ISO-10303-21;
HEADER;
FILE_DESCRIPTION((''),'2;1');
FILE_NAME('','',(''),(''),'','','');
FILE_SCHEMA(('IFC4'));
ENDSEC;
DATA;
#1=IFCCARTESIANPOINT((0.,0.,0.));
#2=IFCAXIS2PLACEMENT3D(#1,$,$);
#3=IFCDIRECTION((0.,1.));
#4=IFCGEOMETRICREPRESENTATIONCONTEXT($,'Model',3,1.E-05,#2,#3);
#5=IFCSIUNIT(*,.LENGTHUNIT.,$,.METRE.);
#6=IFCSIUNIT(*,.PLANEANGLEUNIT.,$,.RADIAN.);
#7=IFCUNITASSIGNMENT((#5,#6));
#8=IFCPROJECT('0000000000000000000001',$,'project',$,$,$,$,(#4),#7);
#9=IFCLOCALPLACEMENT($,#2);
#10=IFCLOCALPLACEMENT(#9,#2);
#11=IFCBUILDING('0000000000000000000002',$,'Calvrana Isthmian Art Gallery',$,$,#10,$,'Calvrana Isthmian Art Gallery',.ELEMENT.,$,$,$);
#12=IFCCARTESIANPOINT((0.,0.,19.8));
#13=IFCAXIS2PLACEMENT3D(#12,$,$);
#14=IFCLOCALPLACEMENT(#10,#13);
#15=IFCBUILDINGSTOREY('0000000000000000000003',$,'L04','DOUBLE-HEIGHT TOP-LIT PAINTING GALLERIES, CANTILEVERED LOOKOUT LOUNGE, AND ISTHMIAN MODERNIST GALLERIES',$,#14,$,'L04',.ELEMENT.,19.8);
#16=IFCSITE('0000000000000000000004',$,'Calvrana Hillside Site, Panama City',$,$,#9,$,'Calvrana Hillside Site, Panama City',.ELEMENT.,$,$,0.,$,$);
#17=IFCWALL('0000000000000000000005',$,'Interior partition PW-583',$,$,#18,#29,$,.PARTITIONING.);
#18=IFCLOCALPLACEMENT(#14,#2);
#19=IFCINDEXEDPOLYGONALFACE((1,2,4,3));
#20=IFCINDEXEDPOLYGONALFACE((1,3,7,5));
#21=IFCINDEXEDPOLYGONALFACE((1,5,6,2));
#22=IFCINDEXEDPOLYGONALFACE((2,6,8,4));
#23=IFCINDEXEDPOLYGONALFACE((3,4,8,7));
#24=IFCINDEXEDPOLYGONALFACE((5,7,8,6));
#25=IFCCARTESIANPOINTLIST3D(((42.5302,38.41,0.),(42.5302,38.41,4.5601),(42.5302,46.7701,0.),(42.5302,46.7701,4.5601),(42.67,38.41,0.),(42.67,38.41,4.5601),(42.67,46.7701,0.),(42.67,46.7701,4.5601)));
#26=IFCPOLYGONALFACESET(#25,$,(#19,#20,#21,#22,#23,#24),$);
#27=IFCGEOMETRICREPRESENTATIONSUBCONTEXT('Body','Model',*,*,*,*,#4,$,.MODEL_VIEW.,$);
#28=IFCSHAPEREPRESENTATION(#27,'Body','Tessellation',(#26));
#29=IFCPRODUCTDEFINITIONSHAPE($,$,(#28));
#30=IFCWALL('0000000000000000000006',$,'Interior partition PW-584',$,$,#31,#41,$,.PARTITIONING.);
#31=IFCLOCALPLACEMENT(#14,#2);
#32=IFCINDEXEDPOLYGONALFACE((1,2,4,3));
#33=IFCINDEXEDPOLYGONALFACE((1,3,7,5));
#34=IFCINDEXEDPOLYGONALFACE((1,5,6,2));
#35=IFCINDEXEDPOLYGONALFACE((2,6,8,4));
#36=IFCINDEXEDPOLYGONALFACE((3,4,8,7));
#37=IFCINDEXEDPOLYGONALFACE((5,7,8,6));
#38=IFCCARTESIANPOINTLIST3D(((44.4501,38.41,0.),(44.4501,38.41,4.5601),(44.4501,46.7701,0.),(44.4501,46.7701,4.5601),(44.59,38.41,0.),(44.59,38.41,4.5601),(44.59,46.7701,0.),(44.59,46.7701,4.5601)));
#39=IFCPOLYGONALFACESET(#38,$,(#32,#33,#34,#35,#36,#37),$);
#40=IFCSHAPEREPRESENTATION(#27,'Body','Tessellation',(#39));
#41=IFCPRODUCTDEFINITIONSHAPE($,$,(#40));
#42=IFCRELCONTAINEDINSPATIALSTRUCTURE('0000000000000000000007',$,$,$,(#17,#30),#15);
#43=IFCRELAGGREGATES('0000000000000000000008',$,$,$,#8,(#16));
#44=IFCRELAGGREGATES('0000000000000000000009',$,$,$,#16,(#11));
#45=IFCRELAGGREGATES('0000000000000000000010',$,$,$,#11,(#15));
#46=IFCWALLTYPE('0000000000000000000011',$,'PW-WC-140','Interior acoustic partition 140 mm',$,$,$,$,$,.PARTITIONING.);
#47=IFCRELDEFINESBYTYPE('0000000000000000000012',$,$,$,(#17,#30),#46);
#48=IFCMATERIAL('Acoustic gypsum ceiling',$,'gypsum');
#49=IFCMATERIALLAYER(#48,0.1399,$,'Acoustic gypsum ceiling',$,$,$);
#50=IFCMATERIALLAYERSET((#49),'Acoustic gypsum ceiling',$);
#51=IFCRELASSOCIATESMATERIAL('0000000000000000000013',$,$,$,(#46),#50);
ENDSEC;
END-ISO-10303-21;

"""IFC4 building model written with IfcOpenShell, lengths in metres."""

from ifc_helpers import new_model, si_unit, direction, frame, frame_2d, origin, place, context, subcontext, project, spatial, rectangle, extrude, material, layer, layer_set, type_object, element, save


model = new_model("IFC4")

# Units and contexts
model_context = context("Model", 3, precision=1e-05, world=origin(), true_north=direction((0.0, 1.0)))
body_context = subcontext(model_context, "Body", "Model", "MODEL_VIEW")
ifc_project = project(units=[si_unit("LENGTHUNIT", "METRE"), si_unit("PLANEANGLEUNIT", "RADIAN")], contexts=[model_context])

# Site, building, storey
site_placement = place(None, origin())
site = spatial("IfcSite", under=ifc_project, at=site_placement, Name="Calvrana Hillside Site, Panama City", LongName="Calvrana Hillside Site, Panama City", CompositionType="ELEMENT", RefElevation=0.0)
building_placement = place(site_placement, origin())
building = spatial("IfcBuilding", under=site, at=building_placement, Name="Calvrana Isthmian Art Gallery", LongName="Calvrana Isthmian Art Gallery", CompositionType="ELEMENT")
storey_placement = place(building_placement, frame((0.0, 0.0, 19.8)))
storey = spatial("IfcBuildingStorey", under=building, at=storey_placement, Name="L04", Description="DOUBLE-HEIGHT TOP-LIT PAINTING GALLERIES, CANTILEVERED LOOKOUT LOUNGE, AND ISTHMIAN MODERNIST GALLERIES", LongName="L04", CompositionType="ELEMENT", Elevation=19.8)

# Shared definitions
ifc_material_1 = material(Name="Acoustic gypsum ceiling", Category="gypsum")

# Walls
ifc_layer_1 = layer(ifc_material_1, 0.1399, Name="Acoustic gypsum ceiling")
ifc_layer_set_1 = layer_set([ifc_layer_1], Name="Acoustic gypsum ceiling")
wall_type_1 = type_object("IfcWallType", Name="PW-WC-140", Description="Interior acoustic partition 140 mm", PredefinedType="PARTITIONING", material=ifc_layer_set_1)
for number, where, z_axis, x_axis, name in (
    (1, (42.6001, 38.4099, 0.0), (0.0, 0.0, 1.0), (0.0, 1.0, 0.0), "Interior partition PW-583"),
    (2, (44.52, 38.4099, 0.0), (0.0, 0.0, 1.0), (0.0, 1.0, 0.0), "Interior partition PW-584"),
):
    element("IfcWall", number, at=place(storey_placement, frame(where, z_axis=z_axis, x_axis=x_axis)), inside=storey, type_object=wall_type_1, Name=name, PredefinedType="PARTITIONING", context=body_context, shape_type="SweptSolid", body=[
        extrude(rectangle(XDim=8.3601, YDim=0.1399, at=frame_2d((4.1802, 0.0))), origin(), (0.0, 0.0, 1.0), 4.5601),
    ])

save(model, "model.ifc")
